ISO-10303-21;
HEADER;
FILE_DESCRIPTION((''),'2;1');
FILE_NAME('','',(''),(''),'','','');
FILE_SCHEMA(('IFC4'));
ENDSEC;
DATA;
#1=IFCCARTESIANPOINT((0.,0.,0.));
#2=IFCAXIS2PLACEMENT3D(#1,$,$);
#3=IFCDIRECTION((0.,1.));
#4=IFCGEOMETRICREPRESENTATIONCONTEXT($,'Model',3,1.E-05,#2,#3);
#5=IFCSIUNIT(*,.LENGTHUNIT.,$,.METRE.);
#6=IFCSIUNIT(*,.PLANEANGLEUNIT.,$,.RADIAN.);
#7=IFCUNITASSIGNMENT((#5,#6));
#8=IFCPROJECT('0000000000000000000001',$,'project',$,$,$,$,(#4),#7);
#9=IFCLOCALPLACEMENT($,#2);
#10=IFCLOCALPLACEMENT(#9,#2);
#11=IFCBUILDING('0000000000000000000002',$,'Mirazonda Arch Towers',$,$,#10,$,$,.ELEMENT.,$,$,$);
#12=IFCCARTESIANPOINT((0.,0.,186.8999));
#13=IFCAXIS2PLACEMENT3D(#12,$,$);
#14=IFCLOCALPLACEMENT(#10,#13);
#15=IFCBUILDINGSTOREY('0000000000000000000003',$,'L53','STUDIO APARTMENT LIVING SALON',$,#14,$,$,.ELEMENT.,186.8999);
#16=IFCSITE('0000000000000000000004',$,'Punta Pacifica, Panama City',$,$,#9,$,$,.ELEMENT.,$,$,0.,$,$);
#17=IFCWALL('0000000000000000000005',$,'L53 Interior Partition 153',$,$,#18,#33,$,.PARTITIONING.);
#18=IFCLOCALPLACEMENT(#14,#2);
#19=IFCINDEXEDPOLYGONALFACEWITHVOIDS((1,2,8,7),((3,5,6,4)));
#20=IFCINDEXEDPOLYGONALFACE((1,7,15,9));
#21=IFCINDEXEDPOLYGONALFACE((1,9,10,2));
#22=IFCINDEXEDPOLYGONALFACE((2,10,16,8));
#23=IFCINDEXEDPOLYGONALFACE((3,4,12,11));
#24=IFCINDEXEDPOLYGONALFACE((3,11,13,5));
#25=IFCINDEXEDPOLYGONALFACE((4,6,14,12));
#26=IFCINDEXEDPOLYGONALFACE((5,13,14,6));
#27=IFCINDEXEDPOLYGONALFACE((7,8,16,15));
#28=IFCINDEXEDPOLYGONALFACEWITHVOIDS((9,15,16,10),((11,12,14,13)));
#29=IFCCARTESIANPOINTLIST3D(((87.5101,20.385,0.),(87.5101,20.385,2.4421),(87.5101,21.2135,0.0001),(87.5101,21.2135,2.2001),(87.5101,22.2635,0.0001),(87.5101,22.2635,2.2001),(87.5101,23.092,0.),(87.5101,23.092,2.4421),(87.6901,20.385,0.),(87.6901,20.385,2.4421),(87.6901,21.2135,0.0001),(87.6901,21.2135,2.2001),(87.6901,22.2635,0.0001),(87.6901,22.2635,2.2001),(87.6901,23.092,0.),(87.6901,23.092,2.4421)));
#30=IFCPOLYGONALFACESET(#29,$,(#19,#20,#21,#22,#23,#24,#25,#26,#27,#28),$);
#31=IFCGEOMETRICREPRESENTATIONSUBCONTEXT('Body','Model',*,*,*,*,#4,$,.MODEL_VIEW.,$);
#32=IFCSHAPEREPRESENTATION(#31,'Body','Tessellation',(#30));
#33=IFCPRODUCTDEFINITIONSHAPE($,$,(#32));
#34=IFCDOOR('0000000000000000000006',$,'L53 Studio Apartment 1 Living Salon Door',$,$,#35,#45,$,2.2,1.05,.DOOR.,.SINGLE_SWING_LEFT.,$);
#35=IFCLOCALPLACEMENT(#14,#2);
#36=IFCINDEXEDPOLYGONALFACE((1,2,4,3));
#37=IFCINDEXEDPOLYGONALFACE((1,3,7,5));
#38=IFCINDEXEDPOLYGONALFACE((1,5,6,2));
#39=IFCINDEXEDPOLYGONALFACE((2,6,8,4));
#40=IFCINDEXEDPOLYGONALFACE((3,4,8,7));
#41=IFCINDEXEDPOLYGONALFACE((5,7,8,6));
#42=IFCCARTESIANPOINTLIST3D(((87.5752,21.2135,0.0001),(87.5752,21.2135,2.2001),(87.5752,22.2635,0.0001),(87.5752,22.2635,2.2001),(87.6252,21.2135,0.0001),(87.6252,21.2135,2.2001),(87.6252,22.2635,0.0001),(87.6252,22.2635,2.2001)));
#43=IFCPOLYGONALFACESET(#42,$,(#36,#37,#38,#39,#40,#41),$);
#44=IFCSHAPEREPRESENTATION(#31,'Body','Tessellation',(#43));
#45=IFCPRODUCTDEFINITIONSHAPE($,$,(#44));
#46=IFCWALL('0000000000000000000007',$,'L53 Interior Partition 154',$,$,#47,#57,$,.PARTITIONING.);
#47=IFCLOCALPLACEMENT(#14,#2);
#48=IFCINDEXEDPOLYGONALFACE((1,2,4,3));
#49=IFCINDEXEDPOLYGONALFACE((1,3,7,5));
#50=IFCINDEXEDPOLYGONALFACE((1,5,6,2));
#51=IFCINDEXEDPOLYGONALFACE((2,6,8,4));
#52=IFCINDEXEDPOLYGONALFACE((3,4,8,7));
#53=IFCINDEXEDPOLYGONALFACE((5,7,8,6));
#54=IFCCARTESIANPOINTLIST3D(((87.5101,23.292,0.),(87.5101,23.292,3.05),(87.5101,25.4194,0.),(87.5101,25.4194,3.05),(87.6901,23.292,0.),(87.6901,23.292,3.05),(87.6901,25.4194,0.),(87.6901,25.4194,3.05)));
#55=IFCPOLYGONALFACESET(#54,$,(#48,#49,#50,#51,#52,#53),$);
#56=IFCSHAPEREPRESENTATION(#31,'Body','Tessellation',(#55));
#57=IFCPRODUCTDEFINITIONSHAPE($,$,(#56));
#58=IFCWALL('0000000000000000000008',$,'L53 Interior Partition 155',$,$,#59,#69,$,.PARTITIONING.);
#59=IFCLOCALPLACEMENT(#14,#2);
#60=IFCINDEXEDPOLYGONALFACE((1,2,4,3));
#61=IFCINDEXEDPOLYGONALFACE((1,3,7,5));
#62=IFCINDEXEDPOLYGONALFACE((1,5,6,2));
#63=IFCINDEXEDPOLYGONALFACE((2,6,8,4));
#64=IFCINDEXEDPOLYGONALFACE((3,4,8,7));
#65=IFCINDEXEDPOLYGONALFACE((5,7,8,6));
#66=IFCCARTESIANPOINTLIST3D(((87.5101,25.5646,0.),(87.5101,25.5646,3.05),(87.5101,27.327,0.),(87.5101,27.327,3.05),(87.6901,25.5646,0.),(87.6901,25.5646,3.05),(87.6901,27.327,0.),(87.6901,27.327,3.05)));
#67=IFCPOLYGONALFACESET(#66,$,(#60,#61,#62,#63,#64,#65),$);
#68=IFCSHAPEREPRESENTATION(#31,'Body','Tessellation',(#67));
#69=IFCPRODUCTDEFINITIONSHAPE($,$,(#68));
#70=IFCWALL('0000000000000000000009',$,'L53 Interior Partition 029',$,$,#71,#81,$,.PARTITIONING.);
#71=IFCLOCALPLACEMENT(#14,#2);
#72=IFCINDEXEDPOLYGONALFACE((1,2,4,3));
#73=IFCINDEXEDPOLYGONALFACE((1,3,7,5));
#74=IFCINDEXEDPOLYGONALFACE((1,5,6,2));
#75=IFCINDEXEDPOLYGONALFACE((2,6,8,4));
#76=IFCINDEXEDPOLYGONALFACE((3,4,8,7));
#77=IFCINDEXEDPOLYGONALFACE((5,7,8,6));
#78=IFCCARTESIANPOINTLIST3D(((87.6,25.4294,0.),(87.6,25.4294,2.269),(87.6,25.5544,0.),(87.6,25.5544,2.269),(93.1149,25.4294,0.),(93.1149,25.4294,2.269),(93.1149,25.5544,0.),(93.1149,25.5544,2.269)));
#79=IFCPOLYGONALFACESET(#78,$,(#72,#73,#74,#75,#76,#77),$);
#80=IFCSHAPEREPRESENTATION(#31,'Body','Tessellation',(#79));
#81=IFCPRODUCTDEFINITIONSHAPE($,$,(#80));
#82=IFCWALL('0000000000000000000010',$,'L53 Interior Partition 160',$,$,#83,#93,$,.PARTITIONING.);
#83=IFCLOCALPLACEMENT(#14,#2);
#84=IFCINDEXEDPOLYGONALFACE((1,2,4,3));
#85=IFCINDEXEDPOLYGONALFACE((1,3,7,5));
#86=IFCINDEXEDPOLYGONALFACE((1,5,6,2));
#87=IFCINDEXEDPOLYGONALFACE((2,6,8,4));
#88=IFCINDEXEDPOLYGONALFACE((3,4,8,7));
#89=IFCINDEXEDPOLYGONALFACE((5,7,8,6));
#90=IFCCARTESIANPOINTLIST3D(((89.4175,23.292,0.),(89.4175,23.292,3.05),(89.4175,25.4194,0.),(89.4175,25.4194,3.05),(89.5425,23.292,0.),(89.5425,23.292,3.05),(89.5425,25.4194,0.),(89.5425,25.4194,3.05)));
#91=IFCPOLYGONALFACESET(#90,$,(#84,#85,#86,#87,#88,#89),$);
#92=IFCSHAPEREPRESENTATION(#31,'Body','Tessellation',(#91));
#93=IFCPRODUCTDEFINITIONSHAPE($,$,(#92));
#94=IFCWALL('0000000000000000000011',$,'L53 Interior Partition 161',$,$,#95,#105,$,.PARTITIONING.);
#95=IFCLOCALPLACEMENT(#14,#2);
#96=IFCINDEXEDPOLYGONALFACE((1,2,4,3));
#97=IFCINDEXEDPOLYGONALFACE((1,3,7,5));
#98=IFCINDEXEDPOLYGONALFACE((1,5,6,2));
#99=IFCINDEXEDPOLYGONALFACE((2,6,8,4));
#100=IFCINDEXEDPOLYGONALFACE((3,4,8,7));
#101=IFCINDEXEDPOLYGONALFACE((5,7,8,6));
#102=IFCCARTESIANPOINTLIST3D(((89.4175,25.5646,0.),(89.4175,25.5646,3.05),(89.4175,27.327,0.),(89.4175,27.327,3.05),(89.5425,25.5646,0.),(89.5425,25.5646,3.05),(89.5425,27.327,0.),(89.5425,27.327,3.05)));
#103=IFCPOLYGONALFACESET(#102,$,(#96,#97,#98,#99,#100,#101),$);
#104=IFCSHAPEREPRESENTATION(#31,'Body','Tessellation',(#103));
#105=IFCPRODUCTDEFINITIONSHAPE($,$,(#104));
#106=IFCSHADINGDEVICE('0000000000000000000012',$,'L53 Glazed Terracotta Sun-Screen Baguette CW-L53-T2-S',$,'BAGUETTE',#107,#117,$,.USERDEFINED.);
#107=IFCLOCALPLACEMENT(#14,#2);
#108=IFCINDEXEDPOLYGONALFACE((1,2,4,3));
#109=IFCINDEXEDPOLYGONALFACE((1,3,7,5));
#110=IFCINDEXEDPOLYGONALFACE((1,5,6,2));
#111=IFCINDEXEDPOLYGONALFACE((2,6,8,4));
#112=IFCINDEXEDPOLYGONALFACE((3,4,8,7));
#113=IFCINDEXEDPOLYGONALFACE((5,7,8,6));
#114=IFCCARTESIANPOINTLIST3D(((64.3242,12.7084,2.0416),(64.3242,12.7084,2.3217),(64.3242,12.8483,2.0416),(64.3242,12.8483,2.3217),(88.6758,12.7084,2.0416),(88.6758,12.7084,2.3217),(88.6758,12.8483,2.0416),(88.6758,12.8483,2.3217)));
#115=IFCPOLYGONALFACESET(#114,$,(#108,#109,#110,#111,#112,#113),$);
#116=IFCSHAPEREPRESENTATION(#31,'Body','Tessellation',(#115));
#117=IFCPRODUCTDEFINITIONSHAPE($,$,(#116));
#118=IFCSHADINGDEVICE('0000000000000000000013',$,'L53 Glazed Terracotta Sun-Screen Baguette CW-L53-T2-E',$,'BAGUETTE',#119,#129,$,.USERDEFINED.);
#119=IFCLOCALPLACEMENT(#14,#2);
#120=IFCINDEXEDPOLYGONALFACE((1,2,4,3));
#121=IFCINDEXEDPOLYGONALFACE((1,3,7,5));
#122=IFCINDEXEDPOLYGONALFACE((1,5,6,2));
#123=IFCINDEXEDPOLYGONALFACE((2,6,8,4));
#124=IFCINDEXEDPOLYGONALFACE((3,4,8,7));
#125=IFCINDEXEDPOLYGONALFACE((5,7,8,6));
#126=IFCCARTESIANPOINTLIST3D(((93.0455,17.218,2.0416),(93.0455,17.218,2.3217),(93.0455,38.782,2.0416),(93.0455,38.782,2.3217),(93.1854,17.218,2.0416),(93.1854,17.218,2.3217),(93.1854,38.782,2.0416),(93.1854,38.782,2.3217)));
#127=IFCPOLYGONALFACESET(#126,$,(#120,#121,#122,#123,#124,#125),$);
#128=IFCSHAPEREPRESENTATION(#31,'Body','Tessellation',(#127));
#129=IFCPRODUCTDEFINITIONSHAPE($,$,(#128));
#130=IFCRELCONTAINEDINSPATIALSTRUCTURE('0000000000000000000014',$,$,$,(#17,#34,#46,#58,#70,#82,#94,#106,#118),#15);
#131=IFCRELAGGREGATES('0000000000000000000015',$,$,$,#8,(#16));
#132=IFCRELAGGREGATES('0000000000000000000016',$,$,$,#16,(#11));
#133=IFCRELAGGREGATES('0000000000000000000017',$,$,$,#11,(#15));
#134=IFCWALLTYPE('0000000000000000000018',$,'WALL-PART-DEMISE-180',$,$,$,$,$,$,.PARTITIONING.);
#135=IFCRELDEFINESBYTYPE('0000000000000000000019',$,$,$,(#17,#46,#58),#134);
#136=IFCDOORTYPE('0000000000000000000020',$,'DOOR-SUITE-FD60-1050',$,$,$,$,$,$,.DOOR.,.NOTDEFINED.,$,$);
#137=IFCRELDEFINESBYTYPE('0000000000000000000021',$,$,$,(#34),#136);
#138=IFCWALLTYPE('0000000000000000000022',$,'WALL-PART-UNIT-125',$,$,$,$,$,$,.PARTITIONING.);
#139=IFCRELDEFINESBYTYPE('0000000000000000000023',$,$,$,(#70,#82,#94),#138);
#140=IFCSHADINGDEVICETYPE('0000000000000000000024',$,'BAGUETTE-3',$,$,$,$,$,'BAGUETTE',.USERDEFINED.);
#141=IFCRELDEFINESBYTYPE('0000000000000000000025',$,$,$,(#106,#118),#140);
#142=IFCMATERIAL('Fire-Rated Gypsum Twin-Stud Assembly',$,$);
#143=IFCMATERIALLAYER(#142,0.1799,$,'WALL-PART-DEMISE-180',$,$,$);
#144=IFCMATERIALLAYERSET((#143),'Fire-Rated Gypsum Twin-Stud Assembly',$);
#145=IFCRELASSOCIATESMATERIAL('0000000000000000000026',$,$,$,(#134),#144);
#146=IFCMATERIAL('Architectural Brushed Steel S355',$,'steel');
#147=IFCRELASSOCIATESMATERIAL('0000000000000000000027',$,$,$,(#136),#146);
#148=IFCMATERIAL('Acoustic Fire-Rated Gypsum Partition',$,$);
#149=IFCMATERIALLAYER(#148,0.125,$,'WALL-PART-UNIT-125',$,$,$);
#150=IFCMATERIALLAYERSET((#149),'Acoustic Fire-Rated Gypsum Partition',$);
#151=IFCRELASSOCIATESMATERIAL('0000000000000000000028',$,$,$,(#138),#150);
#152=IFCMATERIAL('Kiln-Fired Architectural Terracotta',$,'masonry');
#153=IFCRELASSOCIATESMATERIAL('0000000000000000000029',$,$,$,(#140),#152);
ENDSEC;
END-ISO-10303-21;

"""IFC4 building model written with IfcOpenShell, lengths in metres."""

from ifc_helpers import new_model, si_unit, direction, frame, frame_2d, origin, origin_2d, place, context, subcontext, project, spatial, rectangle, extrude, material, layer, layer_set, material_profile, profile_set, type_object, element, fill, save


model = new_model("IFC4")

# Units and contexts
model_context = context("Model", 3, precision=1e-05, world=origin(), true_north=direction((0.0, 1.0)))
body_context = subcontext(model_context, "Body", "Model", "MODEL_VIEW")
ifc_project = project(units=[si_unit("LENGTHUNIT", "METRE"), si_unit("PLANEANGLEUNIT", "RADIAN")], contexts=[model_context])

# Site, building, storey
site_placement = place(None, origin())
site = spatial("IfcSite", under=ifc_project, at=site_placement, Name="Punta Pacifica, Panama City", CompositionType="ELEMENT", RefElevation=0.0)
building_placement = place(site_placement, origin())
building = spatial("IfcBuilding", under=site, at=building_placement, Name="Mirazonda Arch Towers", CompositionType="ELEMENT")
storey_placement = place(building_placement, frame((0.0, 0.0, 186.8999)))
storey = spatial("IfcBuildingStorey", under=building, at=storey_placement, Name="L53", Description="STUDIO APARTMENT LIVING SALON", CompositionType="ELEMENT", Elevation=186.8999)

# Shared definitions
ifc_material_1 = material(Name="Fire-Rated Gypsum Twin-Stud Assembly")
ifc_layer_1 = layer(ifc_material_1, 0.1799, Name="WALL-PART-DEMISE-180")
ifc_layer_set_1 = layer_set([ifc_layer_1], Name="Fire-Rated Gypsum Twin-Stud Assembly")
wall_type_1 = type_object("IfcWallType", Name="WALL-PART-DEMISE-180", PredefinedType="PARTITIONING", material=ifc_layer_set_1)

# Shared definitions
ifc_material_2 = material(Name="Architectural Brushed Steel S355", Category="steel")

# Wall, opening, door
wall_1_placement = place(storey_placement, frame((87.6001, 20.385, 0.0), z_axis=(0.0, 0.0, 1.0), x_axis=(0.0, 1.0, 0.0)))
wall_1 = element("IfcWall", 1, at=wall_1_placement, inside=storey, type_object=wall_type_1, Name="L53 Interior Partition 153", PredefinedType="PARTITIONING", context=body_context, shape_type="SweptSolid", body=[
    extrude(rectangle(XDim=2.707, YDim=0.1799, at=frame_2d((1.3535, 0.0))), origin(), (0.0, 0.0, 1.0), 2.4421),
])
opening_1_placement = place(wall_1_placement, frame((0.8286, 0.0, 0.0)))
opening_1 = element("IfcOpeningElement", 2, at=opening_1_placement, cuts=wall_1, PredefinedType="OPENING", context=body_context, shape_type="SweptSolid", body=[
    extrude(rectangle(XDim=1.05, YDim=2.2, at=frame_2d((0.5249, 1.1001))), frame((0.0, 0.0999, 0.0), z_axis=(0.0, -1.0, 0.0), x_axis=(1.0, 0.0, 0.0)), (0.0, 0.0, 1.0), 0.2),
])
door_type_1 = type_object("IfcDoorType", Name="DOOR-SUITE-FD60-1050", OperationType="NOTDEFINED", PredefinedType="DOOR", material=ifc_material_2)
door_1_placement = place(opening_1_placement, origin())
door_1 = element("IfcDoor", 3, at=door_1_placement, inside=storey, type_object=door_type_1, Name="L53 Studio Apartment 1 Living Salon Door", OperationType="SINGLE_SWING_LEFT", OverallHeight=2.2, OverallWidth=1.05, PredefinedType="DOOR", context=body_context, shape_type="SweptSolid", body=[
    extrude(rectangle(XDim=1.05, YDim=2.2, at=frame_2d((0.5249, 1.1001))), frame((0.0, 0.0249, 0.0), z_axis=(0.0, -1.0, 0.0), x_axis=(1.0, 0.0, 0.0)), (0.0, 0.0, 1.0), 0.05),
])
fill(opening_1, door_1)

# Walls
wall_2_placement = place(storey_placement, frame((87.6001, 23.292, 0.0), z_axis=(0.0, 0.0, 1.0), x_axis=(0.0, 1.0, 0.0)))
element("IfcWall", 4, at=wall_2_placement, inside=storey, type_object=wall_type_1, Name="L53 Interior Partition 154", PredefinedType="PARTITIONING", context=body_context, shape_type="SweptSolid", body=[
    extrude(rectangle(XDim=2.1274, YDim=0.1799, at=frame_2d((1.0637, 0.0))), origin(), (0.0, 0.0, 1.0), 3.05),
])
wall_3_placement = place(storey_placement, frame((87.6001, 25.5645, 0.0), z_axis=(0.0, 0.0, 1.0), x_axis=(0.0, 1.0, 0.0)))
element("IfcWall", 5, at=wall_3_placement, inside=storey, type_object=wall_type_1, Name="L53 Interior Partition 155", PredefinedType="PARTITIONING", context=body_context, shape_type="SweptSolid", body=[
    extrude(rectangle(XDim=1.7625, YDim=0.1799, at=frame_2d((0.8813, 0.0))), origin(), (0.0, 0.0, 1.0), 3.05),
])
ifc_material_3 = material(Name="Acoustic Fire-Rated Gypsum Partition")
ifc_layer_2 = layer(ifc_material_3, 0.125, Name="WALL-PART-UNIT-125")
ifc_layer_set_2 = layer_set([ifc_layer_2], Name="Acoustic Fire-Rated Gypsum Partition")
wall_type_2 = type_object("IfcWallType", Name="WALL-PART-UNIT-125", PredefinedType="PARTITIONING", material=ifc_layer_set_2)
wall_4_placement = place(storey_placement, frame((87.6001, 25.4919, 0.0), z_axis=(0.0, 0.0, 1.0), x_axis=(1.0, 0.0, 0.0)))
element("IfcWall", 6, at=wall_4_placement, inside=storey, type_object=wall_type_2, Name="L53 Interior Partition 029", PredefinedType="PARTITIONING", context=body_context, shape_type="SweptSolid", body=[
    extrude(rectangle(XDim=5.5149, YDim=0.125, at=frame_2d((2.7573, 0.0))), origin(), (0.0, 0.0, 1.0), 2.269),
])
wall_5_placement = place(storey_placement, frame((89.48, 23.292, 0.0), z_axis=(0.0, 0.0, 1.0), x_axis=(0.0, 1.0, 0.0)))
element("IfcWall", 7, at=wall_5_placement, inside=storey, type_object=wall_type_2, Name="L53 Interior Partition 160", PredefinedType="PARTITIONING", context=body_context, shape_type="SweptSolid", body=[
    extrude(rectangle(XDim=2.1274, YDim=0.125, at=frame_2d((1.0637, 0.0))), origin(), (0.0, 0.0, 1.0), 3.05),
])
wall_6_placement = place(storey_placement, frame((89.48, 25.5645, 0.0), z_axis=(0.0, 0.0, 1.0), x_axis=(0.0, 1.0, 0.0)))
element("IfcWall", 8, at=wall_6_placement, inside=storey, type_object=wall_type_2, Name="L53 Interior Partition 161", PredefinedType="PARTITIONING", context=body_context, shape_type="SweptSolid", body=[
    extrude(rectangle(XDim=1.7625, YDim=0.125, at=frame_2d((0.8813, 0.0))), origin(), (0.0, 0.0, 1.0), 3.05),
])

# Shading devices
ifc_material_4 = material(Name="Kiln-Fired Architectural Terracotta", Category="masonry")
ifc_material_profile_1 = material_profile(ifc_material_4, rectangle(XDim=0.1399, YDim=0.28, at=origin_2d()), Name="TERRA-BAG-140x280")
ifc_profile_set_1 = profile_set([ifc_material_profile_1], Name="Kiln-Fired Architectural Terracotta")
shading_device_type = type_object("IfcShadingDeviceType", Name="BAGUETTE-3", ElementType="BAGUETTE", PredefinedType="USERDEFINED", material=ifc_profile_set_1)
shading_device_1_placement = place(storey_placement, frame((88.6758, 12.7783, 2.1816), z_axis=(-1.0, 0.0, 0.0), x_axis=(0.0, -1.0, 0.0)))
element("IfcShadingDevice", 9, at=shading_device_1_placement, inside=storey, type_object=shading_device_type, Name="L53 Glazed Terracotta Sun-Screen Baguette CW-L53-T2-S", ObjectType="BAGUETTE", PredefinedType="USERDEFINED", context=body_context, shape_type="SweptSolid", body=[
    extrude(rectangle(XDim=0.1399, YDim=0.28, at=origin_2d()), origin(), (0.0, 0.0, 1.0), 24.3516),
])
shading_device_2_placement = place(storey_placement, frame((93.1155, 17.218, 2.1816), z_axis=(0.0, 1.0, 0.0), x_axis=(-1.0, 0.0, 0.0)))
element("IfcShadingDevice", 10, at=shading_device_2_placement, inside=storey, type_object=shading_device_type, Name="L53 Glazed Terracotta Sun-Screen Baguette CW-L53-T2-E", ObjectType="BAGUETTE", PredefinedType="USERDEFINED", context=body_context, shape_type="SweptSolid", body=[
    extrude(rectangle(XDim=0.1399, YDim=0.28, at=origin_2d()), origin(), (0.0, 0.0, 1.0), 21.564),
])

save(model, "model.ifc")
